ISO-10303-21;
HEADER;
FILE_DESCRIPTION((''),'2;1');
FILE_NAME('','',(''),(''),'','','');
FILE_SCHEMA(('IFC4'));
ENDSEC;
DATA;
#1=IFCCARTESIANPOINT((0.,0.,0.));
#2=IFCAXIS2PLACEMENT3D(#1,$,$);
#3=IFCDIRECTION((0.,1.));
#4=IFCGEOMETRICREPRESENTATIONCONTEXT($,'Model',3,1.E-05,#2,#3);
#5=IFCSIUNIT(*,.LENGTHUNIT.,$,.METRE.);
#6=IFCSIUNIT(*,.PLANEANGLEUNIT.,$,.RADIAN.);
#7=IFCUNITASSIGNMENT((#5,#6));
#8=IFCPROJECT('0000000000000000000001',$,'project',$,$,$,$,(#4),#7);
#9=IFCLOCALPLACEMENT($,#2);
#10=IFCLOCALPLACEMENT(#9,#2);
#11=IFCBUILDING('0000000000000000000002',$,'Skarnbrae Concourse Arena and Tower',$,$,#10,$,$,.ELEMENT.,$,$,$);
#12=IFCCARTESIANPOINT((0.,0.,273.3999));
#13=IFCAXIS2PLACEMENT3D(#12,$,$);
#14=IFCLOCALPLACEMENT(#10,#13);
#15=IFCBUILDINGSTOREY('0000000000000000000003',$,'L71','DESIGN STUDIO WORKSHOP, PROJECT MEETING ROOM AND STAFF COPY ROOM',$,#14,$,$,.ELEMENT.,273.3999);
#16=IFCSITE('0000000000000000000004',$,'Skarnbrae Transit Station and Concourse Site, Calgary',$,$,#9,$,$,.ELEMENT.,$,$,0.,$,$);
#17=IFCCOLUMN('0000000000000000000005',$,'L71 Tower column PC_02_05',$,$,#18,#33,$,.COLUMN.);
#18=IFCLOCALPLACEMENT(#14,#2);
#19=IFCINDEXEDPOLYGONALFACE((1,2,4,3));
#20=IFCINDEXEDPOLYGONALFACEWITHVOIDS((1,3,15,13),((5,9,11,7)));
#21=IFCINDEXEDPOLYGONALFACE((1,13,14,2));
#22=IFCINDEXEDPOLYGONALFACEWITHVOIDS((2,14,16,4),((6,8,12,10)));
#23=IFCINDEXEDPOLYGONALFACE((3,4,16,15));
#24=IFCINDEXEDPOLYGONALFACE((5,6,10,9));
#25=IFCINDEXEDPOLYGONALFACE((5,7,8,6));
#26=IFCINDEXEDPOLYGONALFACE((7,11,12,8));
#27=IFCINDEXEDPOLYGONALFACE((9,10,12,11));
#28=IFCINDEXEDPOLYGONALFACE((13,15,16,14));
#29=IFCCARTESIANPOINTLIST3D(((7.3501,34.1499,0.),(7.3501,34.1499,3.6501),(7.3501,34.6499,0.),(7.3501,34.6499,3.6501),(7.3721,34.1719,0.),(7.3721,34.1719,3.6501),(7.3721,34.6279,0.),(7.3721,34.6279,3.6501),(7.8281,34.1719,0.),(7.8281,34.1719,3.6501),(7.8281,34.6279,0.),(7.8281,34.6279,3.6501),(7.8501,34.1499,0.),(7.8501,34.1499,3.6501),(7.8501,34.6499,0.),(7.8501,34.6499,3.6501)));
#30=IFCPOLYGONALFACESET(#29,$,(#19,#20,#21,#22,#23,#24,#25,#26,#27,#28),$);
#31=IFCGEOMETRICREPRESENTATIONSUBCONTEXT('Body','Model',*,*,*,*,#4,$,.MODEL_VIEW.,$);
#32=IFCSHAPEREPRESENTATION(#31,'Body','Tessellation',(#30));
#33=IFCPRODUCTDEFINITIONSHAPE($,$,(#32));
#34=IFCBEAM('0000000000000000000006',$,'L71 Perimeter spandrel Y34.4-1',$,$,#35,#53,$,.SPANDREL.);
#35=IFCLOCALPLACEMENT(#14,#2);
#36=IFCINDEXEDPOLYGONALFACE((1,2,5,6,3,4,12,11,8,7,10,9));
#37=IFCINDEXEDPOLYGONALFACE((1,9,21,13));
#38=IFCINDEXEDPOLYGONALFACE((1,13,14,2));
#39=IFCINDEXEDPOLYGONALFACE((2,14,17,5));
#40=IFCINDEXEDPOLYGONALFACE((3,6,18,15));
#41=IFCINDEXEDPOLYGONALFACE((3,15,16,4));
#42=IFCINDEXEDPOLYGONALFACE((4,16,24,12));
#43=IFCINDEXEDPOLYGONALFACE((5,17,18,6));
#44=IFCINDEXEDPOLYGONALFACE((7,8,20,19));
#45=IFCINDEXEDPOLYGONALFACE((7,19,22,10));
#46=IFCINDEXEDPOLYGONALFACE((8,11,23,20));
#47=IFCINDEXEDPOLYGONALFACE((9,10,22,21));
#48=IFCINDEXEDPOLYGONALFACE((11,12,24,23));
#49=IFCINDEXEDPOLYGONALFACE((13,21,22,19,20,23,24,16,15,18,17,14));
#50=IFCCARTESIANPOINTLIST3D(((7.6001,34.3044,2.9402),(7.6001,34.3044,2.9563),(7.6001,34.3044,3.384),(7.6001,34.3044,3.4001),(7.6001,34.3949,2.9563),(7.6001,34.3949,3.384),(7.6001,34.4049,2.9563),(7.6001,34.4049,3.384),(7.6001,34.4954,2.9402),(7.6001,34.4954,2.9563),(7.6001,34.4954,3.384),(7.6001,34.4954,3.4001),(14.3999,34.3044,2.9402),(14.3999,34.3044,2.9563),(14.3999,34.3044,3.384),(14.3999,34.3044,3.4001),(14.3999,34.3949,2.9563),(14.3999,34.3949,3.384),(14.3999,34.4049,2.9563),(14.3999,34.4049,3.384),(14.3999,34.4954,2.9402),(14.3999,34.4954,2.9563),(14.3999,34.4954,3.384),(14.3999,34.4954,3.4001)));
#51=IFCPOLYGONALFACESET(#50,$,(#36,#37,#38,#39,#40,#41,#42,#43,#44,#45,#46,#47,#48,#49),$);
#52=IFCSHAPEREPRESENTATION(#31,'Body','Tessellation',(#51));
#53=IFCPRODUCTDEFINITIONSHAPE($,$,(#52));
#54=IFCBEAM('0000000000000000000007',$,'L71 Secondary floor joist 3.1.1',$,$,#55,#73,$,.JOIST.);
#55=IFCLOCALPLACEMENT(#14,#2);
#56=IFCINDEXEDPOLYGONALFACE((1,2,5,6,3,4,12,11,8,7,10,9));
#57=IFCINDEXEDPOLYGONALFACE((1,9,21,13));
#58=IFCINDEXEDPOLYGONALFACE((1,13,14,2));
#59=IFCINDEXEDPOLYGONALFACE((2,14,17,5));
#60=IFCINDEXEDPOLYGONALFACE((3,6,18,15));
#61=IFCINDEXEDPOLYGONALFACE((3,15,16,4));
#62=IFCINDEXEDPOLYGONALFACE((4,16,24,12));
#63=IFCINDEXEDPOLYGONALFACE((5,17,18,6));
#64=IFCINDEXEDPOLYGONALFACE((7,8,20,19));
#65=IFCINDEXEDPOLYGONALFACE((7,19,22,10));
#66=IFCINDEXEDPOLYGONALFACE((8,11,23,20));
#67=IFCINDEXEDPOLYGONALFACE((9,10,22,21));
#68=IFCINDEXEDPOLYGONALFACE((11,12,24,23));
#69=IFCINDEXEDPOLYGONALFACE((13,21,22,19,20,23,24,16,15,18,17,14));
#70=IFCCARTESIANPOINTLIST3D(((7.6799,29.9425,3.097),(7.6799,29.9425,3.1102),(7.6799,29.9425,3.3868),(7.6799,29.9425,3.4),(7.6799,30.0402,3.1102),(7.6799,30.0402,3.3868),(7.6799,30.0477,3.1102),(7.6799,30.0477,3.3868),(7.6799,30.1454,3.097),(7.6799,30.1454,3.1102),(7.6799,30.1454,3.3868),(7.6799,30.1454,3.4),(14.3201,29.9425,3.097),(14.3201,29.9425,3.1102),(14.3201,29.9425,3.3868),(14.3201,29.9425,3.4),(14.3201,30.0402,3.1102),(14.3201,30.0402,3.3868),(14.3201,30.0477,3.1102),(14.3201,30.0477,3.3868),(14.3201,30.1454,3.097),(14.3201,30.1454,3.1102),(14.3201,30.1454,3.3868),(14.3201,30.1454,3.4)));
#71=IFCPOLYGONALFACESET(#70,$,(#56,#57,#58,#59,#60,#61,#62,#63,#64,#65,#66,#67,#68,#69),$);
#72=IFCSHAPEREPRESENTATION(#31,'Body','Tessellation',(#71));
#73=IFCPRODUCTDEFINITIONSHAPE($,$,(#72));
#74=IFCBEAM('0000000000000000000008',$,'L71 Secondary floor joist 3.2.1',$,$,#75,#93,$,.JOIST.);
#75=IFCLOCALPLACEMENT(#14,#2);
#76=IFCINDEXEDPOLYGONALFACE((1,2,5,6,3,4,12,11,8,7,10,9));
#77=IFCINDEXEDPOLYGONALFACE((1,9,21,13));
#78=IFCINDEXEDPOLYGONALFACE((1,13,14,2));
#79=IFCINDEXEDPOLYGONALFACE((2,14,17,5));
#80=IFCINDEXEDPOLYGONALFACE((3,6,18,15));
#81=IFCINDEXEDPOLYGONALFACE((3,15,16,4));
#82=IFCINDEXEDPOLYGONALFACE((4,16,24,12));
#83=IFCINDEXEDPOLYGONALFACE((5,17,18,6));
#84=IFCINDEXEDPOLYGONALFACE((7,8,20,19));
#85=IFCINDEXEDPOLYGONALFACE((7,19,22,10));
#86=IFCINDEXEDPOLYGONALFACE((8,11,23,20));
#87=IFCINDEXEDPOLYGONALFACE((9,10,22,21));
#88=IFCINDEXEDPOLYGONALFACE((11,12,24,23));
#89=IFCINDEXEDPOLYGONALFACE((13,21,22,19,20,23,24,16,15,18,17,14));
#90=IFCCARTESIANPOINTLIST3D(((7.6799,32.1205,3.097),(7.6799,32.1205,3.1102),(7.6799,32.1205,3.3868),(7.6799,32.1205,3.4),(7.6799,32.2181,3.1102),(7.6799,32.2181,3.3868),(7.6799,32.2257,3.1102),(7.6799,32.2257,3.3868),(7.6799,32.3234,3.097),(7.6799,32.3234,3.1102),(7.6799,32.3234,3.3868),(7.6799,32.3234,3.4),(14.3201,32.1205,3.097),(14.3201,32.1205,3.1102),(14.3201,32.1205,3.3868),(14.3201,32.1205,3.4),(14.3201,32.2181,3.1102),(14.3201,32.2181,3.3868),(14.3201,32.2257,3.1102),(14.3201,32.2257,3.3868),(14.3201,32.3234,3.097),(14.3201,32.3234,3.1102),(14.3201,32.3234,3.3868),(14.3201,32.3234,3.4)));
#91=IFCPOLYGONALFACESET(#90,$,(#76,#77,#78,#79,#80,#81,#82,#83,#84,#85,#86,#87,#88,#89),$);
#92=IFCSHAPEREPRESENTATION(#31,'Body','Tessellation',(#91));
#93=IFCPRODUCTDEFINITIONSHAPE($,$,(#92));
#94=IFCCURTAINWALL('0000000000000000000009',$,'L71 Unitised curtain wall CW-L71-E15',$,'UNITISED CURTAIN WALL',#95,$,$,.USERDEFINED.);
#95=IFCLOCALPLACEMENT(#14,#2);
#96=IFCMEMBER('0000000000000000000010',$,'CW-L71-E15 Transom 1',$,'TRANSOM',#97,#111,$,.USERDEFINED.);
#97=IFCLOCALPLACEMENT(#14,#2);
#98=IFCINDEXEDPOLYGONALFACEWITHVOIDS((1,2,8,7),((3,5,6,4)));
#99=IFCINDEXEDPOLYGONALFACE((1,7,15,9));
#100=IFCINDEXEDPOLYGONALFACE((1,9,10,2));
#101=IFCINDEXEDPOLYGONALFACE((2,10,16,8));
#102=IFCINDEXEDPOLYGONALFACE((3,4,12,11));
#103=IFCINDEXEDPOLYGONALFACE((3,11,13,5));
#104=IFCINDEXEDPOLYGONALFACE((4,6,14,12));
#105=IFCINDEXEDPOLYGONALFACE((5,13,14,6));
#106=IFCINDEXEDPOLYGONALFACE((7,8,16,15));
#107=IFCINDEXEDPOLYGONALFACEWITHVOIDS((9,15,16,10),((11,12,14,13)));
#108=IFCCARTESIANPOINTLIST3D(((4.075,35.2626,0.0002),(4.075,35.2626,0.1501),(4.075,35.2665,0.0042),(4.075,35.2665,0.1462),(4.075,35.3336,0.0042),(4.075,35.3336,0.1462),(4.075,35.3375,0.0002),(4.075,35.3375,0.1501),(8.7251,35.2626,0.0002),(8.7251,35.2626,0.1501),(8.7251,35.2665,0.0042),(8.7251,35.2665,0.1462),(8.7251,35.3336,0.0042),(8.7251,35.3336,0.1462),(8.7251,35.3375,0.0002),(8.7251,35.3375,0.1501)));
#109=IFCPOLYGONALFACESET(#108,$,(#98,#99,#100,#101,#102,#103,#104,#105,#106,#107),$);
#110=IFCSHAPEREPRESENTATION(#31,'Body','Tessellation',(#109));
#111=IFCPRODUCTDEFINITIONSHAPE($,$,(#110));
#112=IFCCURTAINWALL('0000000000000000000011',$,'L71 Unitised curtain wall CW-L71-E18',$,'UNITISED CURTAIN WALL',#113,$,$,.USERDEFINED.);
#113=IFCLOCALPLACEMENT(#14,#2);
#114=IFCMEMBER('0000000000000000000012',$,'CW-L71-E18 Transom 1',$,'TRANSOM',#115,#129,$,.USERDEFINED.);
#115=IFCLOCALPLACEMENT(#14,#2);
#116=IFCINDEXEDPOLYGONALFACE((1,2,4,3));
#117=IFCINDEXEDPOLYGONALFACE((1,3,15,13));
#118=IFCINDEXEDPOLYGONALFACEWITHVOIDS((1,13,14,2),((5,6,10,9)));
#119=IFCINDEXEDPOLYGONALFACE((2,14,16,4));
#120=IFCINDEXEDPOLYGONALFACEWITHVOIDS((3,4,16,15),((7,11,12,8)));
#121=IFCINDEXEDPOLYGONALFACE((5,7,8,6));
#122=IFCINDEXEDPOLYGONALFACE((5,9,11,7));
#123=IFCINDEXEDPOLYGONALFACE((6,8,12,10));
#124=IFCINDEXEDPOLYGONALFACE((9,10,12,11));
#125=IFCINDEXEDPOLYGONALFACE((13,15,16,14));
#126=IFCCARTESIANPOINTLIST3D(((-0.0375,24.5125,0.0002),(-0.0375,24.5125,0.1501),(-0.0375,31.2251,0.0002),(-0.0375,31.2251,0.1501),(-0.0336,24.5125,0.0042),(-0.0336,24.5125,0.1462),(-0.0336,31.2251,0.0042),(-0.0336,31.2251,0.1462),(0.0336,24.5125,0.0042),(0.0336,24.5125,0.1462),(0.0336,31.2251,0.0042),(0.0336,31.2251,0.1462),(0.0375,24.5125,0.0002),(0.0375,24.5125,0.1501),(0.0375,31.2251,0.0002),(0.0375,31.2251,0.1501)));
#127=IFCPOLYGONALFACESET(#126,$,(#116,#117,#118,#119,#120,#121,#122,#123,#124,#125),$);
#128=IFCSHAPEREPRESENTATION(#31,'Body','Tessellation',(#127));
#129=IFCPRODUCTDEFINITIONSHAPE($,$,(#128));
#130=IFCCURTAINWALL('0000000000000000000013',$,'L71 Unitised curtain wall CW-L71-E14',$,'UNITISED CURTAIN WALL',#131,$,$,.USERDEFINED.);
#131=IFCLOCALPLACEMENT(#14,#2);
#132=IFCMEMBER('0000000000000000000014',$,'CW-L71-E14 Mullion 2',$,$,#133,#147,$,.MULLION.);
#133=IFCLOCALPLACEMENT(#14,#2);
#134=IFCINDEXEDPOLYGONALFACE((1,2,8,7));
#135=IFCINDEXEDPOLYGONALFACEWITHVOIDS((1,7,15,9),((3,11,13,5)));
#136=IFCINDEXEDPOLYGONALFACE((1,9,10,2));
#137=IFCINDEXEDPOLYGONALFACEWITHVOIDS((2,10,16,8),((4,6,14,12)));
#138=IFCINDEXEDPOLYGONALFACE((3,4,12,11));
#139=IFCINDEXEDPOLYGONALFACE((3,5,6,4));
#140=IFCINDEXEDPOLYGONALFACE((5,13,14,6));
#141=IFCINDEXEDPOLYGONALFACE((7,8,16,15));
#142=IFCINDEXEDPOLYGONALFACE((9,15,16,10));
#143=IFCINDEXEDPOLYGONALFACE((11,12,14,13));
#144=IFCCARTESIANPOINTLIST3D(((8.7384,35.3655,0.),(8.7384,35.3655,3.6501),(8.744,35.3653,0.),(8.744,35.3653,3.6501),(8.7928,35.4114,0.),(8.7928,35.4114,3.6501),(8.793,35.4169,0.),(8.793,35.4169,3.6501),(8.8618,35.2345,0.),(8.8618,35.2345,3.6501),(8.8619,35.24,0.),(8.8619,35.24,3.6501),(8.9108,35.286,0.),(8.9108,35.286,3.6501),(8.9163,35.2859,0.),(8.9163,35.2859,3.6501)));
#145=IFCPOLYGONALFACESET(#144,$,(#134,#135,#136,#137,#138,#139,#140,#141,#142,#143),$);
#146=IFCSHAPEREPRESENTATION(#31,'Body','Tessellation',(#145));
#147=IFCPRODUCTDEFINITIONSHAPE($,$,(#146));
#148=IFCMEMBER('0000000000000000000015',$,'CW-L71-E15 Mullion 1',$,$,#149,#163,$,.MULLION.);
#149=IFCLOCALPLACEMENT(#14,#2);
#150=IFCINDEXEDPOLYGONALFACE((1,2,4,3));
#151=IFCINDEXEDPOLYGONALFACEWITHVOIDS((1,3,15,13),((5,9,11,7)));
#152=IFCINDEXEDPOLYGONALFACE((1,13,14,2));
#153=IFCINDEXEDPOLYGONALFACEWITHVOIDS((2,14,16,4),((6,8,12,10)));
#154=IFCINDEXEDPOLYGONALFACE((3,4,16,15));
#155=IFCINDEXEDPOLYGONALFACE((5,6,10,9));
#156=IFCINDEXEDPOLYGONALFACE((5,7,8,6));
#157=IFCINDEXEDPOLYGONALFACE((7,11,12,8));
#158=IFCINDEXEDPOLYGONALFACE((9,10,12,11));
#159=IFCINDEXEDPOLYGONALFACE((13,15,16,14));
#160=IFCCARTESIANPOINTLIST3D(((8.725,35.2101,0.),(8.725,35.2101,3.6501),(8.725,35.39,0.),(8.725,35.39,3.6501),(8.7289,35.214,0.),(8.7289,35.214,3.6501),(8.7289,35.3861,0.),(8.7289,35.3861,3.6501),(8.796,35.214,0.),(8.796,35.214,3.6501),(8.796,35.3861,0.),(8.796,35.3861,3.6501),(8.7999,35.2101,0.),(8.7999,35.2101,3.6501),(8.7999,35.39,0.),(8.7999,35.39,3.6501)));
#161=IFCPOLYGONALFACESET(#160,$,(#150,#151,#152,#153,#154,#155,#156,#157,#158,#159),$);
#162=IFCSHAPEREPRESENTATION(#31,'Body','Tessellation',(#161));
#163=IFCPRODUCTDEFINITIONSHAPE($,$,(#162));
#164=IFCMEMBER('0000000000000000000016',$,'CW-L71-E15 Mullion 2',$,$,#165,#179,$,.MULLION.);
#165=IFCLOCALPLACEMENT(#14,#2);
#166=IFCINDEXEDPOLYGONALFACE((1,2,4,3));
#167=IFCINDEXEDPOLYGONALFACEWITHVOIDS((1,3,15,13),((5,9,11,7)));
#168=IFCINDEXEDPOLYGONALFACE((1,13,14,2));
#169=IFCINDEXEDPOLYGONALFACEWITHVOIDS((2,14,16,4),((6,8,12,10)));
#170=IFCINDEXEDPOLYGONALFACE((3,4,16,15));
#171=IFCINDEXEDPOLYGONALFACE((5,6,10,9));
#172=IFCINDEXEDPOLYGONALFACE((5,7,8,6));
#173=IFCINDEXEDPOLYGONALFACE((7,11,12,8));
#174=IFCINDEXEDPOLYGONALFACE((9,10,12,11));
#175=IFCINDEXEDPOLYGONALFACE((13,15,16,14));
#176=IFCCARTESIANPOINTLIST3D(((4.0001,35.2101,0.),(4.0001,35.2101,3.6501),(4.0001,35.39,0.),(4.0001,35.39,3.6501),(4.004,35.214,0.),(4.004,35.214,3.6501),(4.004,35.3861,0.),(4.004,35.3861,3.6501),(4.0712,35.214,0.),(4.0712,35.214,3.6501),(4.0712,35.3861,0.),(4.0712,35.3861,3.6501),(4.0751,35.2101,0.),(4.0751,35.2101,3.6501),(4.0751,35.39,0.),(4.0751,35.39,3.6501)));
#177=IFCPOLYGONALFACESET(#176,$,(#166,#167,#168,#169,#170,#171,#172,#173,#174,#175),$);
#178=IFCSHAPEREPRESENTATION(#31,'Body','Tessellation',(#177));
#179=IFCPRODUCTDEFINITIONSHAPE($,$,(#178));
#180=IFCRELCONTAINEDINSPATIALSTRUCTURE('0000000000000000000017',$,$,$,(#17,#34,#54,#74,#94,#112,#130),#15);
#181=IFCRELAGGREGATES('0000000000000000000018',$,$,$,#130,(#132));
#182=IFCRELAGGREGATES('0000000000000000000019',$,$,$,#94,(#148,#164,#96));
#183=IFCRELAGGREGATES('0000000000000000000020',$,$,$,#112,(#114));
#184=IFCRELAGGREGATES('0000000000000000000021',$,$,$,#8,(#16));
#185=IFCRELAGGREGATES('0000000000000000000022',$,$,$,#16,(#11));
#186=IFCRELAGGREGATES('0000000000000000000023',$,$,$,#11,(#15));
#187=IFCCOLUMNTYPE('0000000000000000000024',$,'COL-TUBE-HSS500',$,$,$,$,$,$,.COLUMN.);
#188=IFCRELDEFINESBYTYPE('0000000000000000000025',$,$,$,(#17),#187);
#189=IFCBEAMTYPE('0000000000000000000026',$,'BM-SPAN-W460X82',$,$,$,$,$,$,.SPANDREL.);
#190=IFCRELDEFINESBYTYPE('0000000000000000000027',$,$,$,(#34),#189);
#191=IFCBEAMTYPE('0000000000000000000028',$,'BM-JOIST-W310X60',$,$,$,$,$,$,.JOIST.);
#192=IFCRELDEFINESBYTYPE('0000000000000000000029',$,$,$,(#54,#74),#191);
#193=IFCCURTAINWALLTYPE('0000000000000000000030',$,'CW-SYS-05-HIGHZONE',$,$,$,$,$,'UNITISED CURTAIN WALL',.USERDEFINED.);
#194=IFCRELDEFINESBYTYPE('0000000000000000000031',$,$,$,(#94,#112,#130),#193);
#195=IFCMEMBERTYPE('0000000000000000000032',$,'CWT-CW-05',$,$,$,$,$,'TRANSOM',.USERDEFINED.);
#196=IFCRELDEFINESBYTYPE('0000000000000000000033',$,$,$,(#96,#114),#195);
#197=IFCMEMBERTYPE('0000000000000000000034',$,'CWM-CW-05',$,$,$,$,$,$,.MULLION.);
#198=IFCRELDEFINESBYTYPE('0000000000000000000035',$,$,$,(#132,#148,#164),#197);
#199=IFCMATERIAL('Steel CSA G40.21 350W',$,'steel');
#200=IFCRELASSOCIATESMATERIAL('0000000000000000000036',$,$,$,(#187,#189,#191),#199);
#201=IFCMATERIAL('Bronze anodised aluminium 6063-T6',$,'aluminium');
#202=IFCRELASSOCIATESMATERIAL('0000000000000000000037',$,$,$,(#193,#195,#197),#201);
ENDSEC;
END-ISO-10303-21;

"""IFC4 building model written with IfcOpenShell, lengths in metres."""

from ifc_helpers import new_model, si_unit, direction, frame, origin, origin_2d, place, context, subcontext, project, spatial, hollow_rectangle, i_section, extrude, source, transform, mapped, material, material_profile, profile_set, type_object, element, aggregate, save


model = new_model("IFC4")

# Units and contexts
model_context = context("Model", 3, precision=1e-05, world=origin(), true_north=direction((0.0, 1.0)))
body_context = subcontext(model_context, "Body", "Model", "MODEL_VIEW")
ifc_project = project(units=[si_unit("LENGTHUNIT", "METRE"), si_unit("PLANEANGLEUNIT", "RADIAN")], contexts=[model_context])

# Site, building, storey
site_placement = place(None, origin())
site = spatial("IfcSite", under=ifc_project, at=site_placement, Name="Skarnbrae Transit Station and Concourse Site, Calgary", CompositionType="ELEMENT", RefElevation=0.0)
building_placement = place(site_placement, origin())
building = spatial("IfcBuilding", under=site, at=building_placement, Name="Skarnbrae Concourse Arena and Tower", CompositionType="ELEMENT")
storey_placement = place(building_placement, frame((0.0, 0.0, 273.3999)))
storey = spatial("IfcBuildingStorey", under=building, at=storey_placement, Name="L71", Description="DESIGN STUDIO WORKSHOP, PROJECT MEETING ROOM AND STAFF COPY ROOM", CompositionType="ELEMENT", Elevation=273.3999)

# Column
ifc_material_1 = material(Name="Steel CSA G40.21 350W", Category="steel")
ifc_material_profile_1 = material_profile(ifc_material_1, hollow_rectangle(XDim=0.5, YDim=0.5, WallThickness=0.022, at=origin_2d()), Name="HSS500X500X22.0")
ifc_profile_set_1 = profile_set([ifc_material_profile_1], Name="Steel CSA G40.21 350W")
column_type = type_object("IfcColumnType", Name="COL-TUBE-HSS500", PredefinedType="COLUMN", material=ifc_profile_set_1)
shared_shape_1 = source(origin(), body_context, "Body", "SweptSolid", [
    extrude(hollow_rectangle(XDim=0.5, YDim=0.5, WallThickness=0.022, at=origin_2d()), origin(), (0.0, 0.0, 1.0), 3.6501),
])
column_placement = place(storey_placement, frame((7.6001, 34.3999, 0.0), z_axis=(0.0, 0.0, 1.0), x_axis=(1.0, 0.0, 0.0)))
element("IfcColumn", 1, at=column_placement, inside=storey, type_object=column_type, Name="L71 Tower column PC_02_05", PredefinedType="COLUMN", context=body_context, shape_type="MappedRepresentation", body=[
    mapped(shared_shape_1, transform((0.0, 0.0, 0.0))),
])

# Beams
ifc_material_profile_2 = material_profile(ifc_material_1, i_section(OverallWidth=0.1909, OverallDepth=0.46, WebThickness=0.01, FlangeThickness=0.0161, at=origin_2d()), Name="W460X82")
ifc_profile_set_2 = profile_set([ifc_material_profile_2], Name="Steel CSA G40.21 350W")
beam_type_1 = type_object("IfcBeamType", Name="BM-SPAN-W460X82", PredefinedType="SPANDREL", material=ifc_profile_set_2)
shared_shape_2 = source(origin(), body_context, "Body", "SweptSolid", [
    extrude(i_section(OverallWidth=0.1909, OverallDepth=0.46, WebThickness=0.01, FlangeThickness=0.0161, at=origin_2d()), origin(), (0.0, 0.0, 1.0), 6.7998),
])
beam_placement = place(storey_placement, frame((7.6001, 34.3999, 3.1702), z_axis=(1.0, 0.0, 0.0), x_axis=(0.0, 1.0, 0.0)))
element("IfcBeam", 2, at=beam_placement, inside=storey, type_object=beam_type_1, Name="L71 Perimeter spandrel Y34.4-1", PredefinedType="SPANDREL", context=body_context, shape_type="MappedRepresentation", body=[
    mapped(shared_shape_2, transform((0.0, 0.0, 0.0))),
])
ifc_material_profile_3 = material_profile(ifc_material_1, i_section(OverallWidth=0.2029, OverallDepth=0.303, WebThickness=0.0076, FlangeThickness=0.0132, at=origin_2d()), Name="W310X60")
ifc_profile_set_3 = profile_set([ifc_material_profile_3], Name="Steel CSA G40.21 350W")
beam_type_2 = type_object("IfcBeamType", Name="BM-JOIST-W310X60", PredefinedType="JOIST", material=ifc_profile_set_3)
shared_shape_3 = source(origin(), body_context, "Body", "SweptSolid", [
    extrude(i_section(OverallWidth=0.2029, OverallDepth=0.303, WebThickness=0.0076, FlangeThickness=0.0132, at=origin_2d()), origin(), (0.0, 0.0, 1.0), 6.6401),
])
for number, where, z_axis, x_axis, name in (
    (3, (7.6799, 30.0439, 3.2485), (1.0, 0.0, 0.0), (0.0, 1.0, 0.0), "L71 Secondary floor joist 3.1.1"),
    (4, (7.6799, 32.2219, 3.2485), (1.0, 0.0, 0.0), (0.0, 1.0, 0.0), "L71 Secondary floor joist 3.2.1"),
):
    element("IfcBeam", number, at=place(storey_placement, frame(where, z_axis=z_axis, x_axis=x_axis)), inside=storey, type_object=beam_type_2, Name=name, PredefinedType="JOIST", context=body_context, shape_type="MappedRepresentation", body=[
        mapped(shared_shape_3, transform((0.0, 0.0, 0.0))),
    ])

# Curtain walls, members
ifc_material_2 = material(Name="Bronze anodised aluminium 6063-T6", Category="aluminium")
curtain_wall_type = type_object("IfcCurtainWallType", Name="CW-SYS-05-HIGHZONE", ElementType="UNITISED CURTAIN WALL", PredefinedType="USERDEFINED", material=ifc_material_2)
curtain_wall_1_placement = place(storey_placement, origin())
curtain_wall_1 = element("IfcCurtainWall", 5, at=curtain_wall_1_placement, inside=storey, type_object=curtain_wall_type, Name="L71 Unitised curtain wall CW-L71-E15", ObjectType="UNITISED CURTAIN WALL", PredefinedType="USERDEFINED")
ifc_material_profile_4 = material_profile(ifc_material_2, hollow_rectangle(XDim=0.075, YDim=0.1499, WallThickness=0.0039, at=origin_2d()), Name="ALU-TRAN-75X150")
ifc_profile_set_4 = profile_set([ifc_material_profile_4], Name="Bronze anodised aluminium 6063-T6")
member_type_1 = type_object("IfcMemberType", Name="CWT-CW-05", ElementType="TRANSOM", PredefinedType="USERDEFINED", material=ifc_profile_set_4)
shared_shape_4 = source(origin(), body_context, "Body", "SweptSolid", [
    extrude(hollow_rectangle(XDim=0.075, YDim=0.1499, WallThickness=0.0039, at=origin_2d()), origin(), (0.0, 0.0, 1.0), 4.6501),
])
member_1_placement = place(storey_placement, frame((8.7251, 35.3, 0.0752), z_axis=(-1.0, 0.0, 0.0), x_axis=(0.0, -1.0, 0.0)))
member_1 = element("IfcMember", 6, at=member_1_placement, type_object=member_type_1, Name="CW-L71-E15 Transom 1", ObjectType="TRANSOM", PredefinedType="USERDEFINED", context=body_context, shape_type="MappedRepresentation", body=[
    mapped(shared_shape_4, transform((0.0, 0.0, 0.0))),
])
curtain_wall_2_placement = place(storey_placement, origin())
curtain_wall_2 = element("IfcCurtainWall", 7, at=curtain_wall_2_placement, inside=storey, type_object=curtain_wall_type, Name="L71 Unitised curtain wall CW-L71-E18", ObjectType="UNITISED CURTAIN WALL", PredefinedType="USERDEFINED")
shared_shape_5 = source(origin(), body_context, "Body", "SweptSolid", [
    extrude(hollow_rectangle(XDim=0.075, YDim=0.1499, WallThickness=0.0039, at=origin_2d()), origin(), (0.0, 0.0, 1.0), 6.7126),
])
member_2_placement = place(storey_placement, frame((0.0, 31.2251, 0.0752), z_axis=(0.0, -1.0, 0.0), x_axis=(1.0, 0.0, 0.0)))
member_2 = element("IfcMember", 8, at=member_2_placement, type_object=member_type_1, Name="CW-L71-E18 Transom 1", ObjectType="TRANSOM", PredefinedType="USERDEFINED", context=body_context, shape_type="MappedRepresentation", body=[
    mapped(shared_shape_5, transform((0.0, 0.0, 0.0))),
])
curtain_wall_3_placement = place(storey_placement, origin())
curtain_wall_3 = element("IfcCurtainWall", 9, at=curtain_wall_3_placement, inside=storey, type_object=curtain_wall_type, Name="L71 Unitised curtain wall CW-L71-E14", ObjectType="UNITISED CURTAIN WALL", PredefinedType="USERDEFINED")
ifc_material_profile_5 = material_profile(ifc_material_2, hollow_rectangle(XDim=0.075, YDim=0.1799, WallThickness=0.0039, at=origin_2d()), Name="ALU-MULL-75X180")
ifc_profile_set_5 = profile_set([ifc_material_profile_5], Name="Bronze anodised aluminium 6063-T6")
member_type_2 = type_object("IfcMemberType", Name="CWM-CW-05", PredefinedType="MULLION", material=ifc_profile_set_5)
shared_shape_6 = source(origin(), body_context, "Body", "SweptSolid", [
    extrude(hollow_rectangle(XDim=0.075, YDim=0.1799, WallThickness=0.0039, at=origin_2d()), origin(), (0.0, 0.0, 1.0), 3.6501),
])
member_3_placement = place(storey_placement, frame((8.8274, 35.3257, 0.0), z_axis=(0.0, 0.0, 1.0), x_axis=(-0.728131, -0.685438, 0.0)))
member_3 = element("IfcMember", 10, at=member_3_placement, type_object=member_type_2, Name="CW-L71-E14 Mullion 2", PredefinedType="MULLION", context=body_context, shape_type="MappedRepresentation", body=[
    mapped(shared_shape_6, transform((0.0, 0.0, 0.0))),
])
aggregate(curtain_wall_3, [member_3])

# Members
member_4_placement = place(storey_placement, frame((8.7625, 35.3, 0.0), z_axis=(0.0, 0.0, 1.0), x_axis=(-1.0, 0.0, 0.0)))
member_4 = element("IfcMember", 11, at=member_4_placement, type_object=member_type_2, Name="CW-L71-E15 Mullion 1", PredefinedType="MULLION", context=body_context, shape_type="MappedRepresentation", body=[
    mapped(shared_shape_6, transform((0.0, 0.0, 0.0))),
])
member_5_placement = place(storey_placement, frame((4.0376, 35.3, 0.0), z_axis=(0.0, 0.0, 1.0), x_axis=(-1.0, 0.0, 0.0)))
member_5 = element("IfcMember", 12, at=member_5_placement, type_object=member_type_2, Name="CW-L71-E15 Mullion 2", PredefinedType="MULLION", context=body_context, shape_type="MappedRepresentation", body=[
    mapped(shared_shape_6, transform((0.0, 0.0, 0.0))),
])

aggregate(curtain_wall_1, [member_4, member_5, member_1])
aggregate(curtain_wall_2, [member_2])

save(model, "model.ifc")
